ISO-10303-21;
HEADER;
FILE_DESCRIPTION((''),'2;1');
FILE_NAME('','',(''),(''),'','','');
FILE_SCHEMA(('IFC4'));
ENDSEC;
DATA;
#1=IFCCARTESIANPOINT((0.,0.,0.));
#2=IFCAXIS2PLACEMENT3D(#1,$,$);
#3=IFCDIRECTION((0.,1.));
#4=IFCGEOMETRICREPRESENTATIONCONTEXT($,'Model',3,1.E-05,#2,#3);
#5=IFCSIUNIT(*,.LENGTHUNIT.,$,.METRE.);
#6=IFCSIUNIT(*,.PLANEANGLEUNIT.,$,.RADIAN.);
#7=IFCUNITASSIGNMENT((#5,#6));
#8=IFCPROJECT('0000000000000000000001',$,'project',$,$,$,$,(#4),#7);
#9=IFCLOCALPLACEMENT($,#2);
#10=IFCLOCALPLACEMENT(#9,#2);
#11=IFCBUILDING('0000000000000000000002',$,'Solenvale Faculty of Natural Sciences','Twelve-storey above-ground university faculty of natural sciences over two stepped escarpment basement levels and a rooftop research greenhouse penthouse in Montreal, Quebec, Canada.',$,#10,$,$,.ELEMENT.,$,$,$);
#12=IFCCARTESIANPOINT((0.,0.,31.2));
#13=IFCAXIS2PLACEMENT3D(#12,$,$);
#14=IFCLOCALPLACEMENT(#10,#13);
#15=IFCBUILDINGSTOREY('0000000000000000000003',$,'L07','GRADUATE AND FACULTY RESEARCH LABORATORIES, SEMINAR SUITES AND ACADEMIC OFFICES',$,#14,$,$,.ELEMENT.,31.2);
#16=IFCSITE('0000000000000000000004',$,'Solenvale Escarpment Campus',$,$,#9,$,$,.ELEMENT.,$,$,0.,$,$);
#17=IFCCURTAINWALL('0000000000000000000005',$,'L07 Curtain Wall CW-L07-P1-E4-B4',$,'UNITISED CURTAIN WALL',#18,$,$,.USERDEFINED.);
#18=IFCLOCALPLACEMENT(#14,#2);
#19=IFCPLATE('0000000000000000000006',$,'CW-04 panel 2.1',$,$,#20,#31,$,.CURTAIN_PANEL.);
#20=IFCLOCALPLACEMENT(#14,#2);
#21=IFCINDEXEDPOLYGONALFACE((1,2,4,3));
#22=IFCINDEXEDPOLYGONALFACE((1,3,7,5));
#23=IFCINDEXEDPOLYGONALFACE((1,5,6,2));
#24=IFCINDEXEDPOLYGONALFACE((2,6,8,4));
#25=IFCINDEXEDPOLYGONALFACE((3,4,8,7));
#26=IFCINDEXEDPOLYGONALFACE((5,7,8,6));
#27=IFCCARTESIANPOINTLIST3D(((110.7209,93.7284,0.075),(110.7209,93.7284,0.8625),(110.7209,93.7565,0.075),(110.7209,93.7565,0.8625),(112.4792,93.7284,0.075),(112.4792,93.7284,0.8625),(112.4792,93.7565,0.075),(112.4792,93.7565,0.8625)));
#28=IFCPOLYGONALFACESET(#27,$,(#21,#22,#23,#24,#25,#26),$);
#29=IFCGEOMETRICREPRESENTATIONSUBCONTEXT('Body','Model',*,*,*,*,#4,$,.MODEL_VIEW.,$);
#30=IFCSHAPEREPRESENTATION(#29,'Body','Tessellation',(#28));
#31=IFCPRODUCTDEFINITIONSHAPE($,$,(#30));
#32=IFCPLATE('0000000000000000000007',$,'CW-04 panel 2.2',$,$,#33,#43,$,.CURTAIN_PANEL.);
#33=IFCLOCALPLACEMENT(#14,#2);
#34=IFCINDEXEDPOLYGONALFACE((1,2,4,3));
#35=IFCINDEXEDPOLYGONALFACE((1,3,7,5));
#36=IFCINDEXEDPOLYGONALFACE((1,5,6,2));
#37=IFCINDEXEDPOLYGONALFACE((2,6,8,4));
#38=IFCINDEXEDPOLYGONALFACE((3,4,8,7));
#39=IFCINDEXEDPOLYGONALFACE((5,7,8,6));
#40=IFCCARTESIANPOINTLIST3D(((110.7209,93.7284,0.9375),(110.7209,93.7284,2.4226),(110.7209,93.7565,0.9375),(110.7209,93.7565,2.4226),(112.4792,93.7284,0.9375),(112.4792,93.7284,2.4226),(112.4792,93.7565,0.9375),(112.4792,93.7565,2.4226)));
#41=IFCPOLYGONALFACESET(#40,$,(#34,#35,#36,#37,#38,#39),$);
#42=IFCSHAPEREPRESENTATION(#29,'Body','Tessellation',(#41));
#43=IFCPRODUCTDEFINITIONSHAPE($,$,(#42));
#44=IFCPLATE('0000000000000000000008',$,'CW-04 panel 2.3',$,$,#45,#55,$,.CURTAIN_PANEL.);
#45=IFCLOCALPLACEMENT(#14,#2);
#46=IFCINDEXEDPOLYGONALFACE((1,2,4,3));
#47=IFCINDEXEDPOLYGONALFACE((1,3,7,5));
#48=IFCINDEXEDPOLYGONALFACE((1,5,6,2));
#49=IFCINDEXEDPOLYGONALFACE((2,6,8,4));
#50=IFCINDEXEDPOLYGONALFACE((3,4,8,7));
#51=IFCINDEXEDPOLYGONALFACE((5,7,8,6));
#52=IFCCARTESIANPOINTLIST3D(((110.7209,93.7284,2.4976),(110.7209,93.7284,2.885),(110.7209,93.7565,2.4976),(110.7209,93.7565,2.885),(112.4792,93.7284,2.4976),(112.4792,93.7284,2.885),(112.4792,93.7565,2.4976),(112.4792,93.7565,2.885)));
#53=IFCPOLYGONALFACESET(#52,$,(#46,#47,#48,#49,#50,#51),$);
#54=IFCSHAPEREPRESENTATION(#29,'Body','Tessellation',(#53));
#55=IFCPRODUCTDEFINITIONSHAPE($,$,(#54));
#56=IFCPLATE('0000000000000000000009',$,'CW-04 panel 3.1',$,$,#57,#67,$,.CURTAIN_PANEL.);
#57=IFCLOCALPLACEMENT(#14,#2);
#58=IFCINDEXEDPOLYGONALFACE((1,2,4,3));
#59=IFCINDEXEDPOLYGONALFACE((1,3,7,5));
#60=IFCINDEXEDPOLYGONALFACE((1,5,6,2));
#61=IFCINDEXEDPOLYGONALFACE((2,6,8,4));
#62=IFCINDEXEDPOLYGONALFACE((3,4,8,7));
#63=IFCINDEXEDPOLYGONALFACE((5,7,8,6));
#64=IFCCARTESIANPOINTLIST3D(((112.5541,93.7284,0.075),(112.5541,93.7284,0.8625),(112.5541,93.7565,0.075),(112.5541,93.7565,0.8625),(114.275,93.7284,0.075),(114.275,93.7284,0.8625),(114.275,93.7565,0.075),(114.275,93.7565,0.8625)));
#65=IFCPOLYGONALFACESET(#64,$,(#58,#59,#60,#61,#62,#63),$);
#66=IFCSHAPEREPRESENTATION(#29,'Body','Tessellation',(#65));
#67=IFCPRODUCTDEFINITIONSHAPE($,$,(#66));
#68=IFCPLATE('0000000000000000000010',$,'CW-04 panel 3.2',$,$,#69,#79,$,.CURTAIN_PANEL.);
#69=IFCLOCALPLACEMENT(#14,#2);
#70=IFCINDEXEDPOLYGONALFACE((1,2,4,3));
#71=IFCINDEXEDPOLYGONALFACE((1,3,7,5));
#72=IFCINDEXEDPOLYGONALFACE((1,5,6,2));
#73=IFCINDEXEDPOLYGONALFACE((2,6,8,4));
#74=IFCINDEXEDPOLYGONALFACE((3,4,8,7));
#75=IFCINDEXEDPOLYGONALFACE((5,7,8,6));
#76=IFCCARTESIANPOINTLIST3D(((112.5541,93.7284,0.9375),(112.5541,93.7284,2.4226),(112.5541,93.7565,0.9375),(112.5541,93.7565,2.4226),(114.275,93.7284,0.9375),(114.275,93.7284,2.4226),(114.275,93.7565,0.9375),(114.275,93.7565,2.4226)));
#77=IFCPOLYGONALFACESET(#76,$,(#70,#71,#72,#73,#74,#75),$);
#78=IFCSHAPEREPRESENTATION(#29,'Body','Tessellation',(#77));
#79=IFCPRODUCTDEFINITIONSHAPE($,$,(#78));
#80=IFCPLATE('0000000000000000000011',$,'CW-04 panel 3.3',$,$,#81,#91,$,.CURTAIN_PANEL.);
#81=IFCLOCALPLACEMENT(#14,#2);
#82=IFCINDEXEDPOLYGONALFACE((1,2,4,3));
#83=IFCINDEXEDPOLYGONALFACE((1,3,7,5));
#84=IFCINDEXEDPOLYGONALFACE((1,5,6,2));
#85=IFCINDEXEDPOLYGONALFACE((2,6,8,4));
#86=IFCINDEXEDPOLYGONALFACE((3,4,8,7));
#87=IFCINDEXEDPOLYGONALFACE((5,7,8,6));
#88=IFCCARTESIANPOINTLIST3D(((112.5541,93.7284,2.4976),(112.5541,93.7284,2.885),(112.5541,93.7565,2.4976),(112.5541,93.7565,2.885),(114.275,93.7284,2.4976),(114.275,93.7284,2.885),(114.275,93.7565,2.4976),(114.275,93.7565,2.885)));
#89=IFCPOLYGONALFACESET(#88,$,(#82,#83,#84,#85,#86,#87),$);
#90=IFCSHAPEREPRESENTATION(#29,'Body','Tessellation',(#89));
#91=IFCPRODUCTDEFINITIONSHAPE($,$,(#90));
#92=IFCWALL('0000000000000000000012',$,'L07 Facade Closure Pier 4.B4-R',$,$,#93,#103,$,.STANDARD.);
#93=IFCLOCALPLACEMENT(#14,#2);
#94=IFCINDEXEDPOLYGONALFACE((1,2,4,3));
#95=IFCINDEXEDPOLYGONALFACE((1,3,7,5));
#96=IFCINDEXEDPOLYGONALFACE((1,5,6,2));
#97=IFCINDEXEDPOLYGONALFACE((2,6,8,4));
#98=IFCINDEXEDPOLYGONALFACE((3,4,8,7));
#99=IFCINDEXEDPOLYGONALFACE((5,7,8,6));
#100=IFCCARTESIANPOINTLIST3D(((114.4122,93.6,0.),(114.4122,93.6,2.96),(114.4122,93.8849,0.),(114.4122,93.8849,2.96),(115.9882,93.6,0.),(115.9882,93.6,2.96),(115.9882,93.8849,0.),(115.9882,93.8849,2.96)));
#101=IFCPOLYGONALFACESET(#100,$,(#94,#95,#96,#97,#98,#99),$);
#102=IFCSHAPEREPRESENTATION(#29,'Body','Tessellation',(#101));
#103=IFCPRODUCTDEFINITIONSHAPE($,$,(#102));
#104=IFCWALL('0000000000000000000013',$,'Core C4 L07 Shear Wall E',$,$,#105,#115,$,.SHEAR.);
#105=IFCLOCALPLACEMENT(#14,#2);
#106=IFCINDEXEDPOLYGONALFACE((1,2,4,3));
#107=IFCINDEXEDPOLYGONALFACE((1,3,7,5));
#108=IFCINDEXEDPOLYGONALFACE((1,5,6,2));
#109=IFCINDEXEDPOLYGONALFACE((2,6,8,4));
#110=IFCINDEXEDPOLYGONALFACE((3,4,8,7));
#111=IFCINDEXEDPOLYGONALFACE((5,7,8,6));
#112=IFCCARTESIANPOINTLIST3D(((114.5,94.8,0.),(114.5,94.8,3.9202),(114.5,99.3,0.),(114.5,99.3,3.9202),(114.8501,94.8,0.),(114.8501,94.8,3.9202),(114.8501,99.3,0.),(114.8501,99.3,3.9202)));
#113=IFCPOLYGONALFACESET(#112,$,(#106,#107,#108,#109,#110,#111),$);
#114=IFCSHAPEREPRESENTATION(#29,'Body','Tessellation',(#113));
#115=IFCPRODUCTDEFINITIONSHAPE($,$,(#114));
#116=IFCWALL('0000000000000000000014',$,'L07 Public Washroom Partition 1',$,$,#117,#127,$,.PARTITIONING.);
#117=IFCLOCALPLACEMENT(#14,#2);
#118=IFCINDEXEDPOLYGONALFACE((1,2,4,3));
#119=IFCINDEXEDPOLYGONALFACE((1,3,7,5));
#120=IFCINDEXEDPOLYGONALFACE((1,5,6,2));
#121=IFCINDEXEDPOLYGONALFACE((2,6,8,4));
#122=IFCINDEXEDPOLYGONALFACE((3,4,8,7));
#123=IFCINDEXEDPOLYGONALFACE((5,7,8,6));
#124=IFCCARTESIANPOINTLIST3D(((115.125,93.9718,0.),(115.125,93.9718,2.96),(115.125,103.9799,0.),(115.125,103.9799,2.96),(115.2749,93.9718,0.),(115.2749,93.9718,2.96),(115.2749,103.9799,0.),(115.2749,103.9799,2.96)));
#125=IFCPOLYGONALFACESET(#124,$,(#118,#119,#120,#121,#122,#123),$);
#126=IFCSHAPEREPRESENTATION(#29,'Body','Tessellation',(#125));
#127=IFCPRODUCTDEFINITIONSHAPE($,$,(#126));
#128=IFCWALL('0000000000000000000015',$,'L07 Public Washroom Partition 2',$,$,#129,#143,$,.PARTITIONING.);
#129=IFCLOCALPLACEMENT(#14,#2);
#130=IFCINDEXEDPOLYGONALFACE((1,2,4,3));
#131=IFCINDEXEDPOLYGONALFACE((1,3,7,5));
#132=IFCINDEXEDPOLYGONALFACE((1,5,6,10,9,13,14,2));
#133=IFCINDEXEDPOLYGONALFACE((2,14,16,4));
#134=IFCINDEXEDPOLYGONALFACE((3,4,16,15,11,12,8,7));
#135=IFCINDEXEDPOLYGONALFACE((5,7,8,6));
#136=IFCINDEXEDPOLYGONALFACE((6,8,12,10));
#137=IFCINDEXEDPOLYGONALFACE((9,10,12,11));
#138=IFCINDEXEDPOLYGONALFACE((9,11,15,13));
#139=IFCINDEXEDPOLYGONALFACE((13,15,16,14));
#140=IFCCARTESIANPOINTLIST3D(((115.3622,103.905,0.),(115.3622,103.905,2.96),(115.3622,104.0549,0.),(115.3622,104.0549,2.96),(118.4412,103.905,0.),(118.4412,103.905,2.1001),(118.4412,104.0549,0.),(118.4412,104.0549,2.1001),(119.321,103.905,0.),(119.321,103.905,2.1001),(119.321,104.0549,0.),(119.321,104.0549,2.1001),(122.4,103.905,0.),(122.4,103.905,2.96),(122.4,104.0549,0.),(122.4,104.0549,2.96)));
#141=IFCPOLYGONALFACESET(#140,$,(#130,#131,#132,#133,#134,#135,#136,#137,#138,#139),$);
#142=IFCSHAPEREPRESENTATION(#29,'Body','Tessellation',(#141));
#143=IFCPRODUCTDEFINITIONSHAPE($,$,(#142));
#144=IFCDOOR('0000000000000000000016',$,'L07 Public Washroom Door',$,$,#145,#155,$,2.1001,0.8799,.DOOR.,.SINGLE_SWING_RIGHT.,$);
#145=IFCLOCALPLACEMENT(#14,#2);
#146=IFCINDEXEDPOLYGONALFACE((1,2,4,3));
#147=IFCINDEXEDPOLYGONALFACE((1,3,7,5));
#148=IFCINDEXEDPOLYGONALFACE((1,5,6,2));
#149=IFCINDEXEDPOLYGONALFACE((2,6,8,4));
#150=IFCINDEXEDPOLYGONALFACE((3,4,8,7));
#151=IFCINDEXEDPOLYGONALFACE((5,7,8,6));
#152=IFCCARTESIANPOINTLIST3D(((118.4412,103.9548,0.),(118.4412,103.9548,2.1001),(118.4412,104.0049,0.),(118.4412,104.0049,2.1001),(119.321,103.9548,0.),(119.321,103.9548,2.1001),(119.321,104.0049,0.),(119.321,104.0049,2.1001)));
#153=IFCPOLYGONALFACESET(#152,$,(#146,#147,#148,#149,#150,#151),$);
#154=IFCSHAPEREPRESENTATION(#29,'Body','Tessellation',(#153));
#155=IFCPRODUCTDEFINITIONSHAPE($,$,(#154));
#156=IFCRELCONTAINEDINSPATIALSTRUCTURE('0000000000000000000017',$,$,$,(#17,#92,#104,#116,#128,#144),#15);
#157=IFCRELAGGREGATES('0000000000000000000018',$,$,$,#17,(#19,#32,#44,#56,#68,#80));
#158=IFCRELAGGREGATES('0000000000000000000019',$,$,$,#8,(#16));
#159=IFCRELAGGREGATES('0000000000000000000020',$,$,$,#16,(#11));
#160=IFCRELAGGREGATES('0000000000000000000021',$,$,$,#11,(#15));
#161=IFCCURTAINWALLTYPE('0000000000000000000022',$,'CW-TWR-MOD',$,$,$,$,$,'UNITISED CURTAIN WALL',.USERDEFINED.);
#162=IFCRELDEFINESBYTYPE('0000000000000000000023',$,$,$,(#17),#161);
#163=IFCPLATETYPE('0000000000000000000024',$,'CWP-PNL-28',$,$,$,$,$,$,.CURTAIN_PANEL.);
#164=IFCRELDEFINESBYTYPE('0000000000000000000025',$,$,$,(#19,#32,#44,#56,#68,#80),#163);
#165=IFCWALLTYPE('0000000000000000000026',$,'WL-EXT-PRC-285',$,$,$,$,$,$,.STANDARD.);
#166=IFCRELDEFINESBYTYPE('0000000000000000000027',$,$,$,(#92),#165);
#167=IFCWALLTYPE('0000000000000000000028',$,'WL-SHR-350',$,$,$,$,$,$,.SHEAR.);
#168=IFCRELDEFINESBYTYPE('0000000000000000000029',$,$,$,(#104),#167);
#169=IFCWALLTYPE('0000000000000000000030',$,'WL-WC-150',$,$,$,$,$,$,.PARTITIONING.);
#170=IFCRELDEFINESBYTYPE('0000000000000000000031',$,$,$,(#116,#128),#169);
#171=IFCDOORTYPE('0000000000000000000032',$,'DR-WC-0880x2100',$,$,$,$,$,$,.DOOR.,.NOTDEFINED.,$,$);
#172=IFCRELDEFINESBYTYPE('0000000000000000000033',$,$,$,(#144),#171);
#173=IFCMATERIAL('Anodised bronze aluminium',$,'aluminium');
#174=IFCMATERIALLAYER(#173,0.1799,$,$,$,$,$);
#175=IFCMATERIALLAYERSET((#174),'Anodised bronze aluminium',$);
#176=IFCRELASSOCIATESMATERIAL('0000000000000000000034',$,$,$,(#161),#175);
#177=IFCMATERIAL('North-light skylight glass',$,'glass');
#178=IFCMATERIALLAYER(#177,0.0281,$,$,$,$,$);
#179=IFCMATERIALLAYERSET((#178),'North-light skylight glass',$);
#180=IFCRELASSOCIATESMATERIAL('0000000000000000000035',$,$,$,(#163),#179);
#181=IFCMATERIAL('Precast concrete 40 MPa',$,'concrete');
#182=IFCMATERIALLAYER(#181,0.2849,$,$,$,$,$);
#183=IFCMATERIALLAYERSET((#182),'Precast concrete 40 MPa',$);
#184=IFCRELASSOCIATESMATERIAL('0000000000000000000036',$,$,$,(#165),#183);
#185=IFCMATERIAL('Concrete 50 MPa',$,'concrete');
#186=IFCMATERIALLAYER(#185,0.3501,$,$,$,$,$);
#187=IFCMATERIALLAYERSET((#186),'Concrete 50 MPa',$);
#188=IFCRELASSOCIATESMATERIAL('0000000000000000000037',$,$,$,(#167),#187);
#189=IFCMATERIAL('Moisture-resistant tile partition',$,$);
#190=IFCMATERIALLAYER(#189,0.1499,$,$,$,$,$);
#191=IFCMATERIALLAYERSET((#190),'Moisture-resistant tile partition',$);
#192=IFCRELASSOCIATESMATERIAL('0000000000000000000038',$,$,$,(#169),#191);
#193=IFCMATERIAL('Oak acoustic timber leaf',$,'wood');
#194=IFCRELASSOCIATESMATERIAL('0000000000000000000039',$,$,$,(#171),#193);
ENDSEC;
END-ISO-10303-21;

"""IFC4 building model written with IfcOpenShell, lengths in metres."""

from ifc_helpers import new_model, si_unit, direction, frame, frame_2d, origin, origin_2d, place, context, subcontext, project, spatial, rectangle, extrude, material, layer, layer_set, type_object, element, fill, aggregate, save


model = new_model("IFC4")

# Units and contexts
model_context = context("Model", 3, precision=1e-05, world=origin(), true_north=direction((0.0, 1.0)))
body_context = subcontext(model_context, "Body", "Model", "MODEL_VIEW")
ifc_project = project(units=[si_unit("LENGTHUNIT", "METRE"), si_unit("PLANEANGLEUNIT", "RADIAN")], contexts=[model_context])

# Site, building, storey
site_placement = place(None, origin())
site = spatial("IfcSite", under=ifc_project, at=site_placement, Name="Solenvale Escarpment Campus", CompositionType="ELEMENT", RefElevation=0.0)
building_placement = place(site_placement, origin())
building = spatial("IfcBuilding", under=site, at=building_placement, Name="Solenvale Faculty of Natural Sciences", Description="Twelve-storey above-ground university faculty of natural sciences over two stepped escarpment basement levels and a rooftop research greenhouse penthouse in Montreal, Quebec, Canada.", CompositionType="ELEMENT")
storey_placement = place(building_placement, frame((0.0, 0.0, 31.2)))
storey = spatial("IfcBuildingStorey", under=building, at=storey_placement, Name="L07", Description="GRADUATE AND FACULTY RESEARCH LABORATORIES, SEMINAR SUITES AND ACADEMIC OFFICES", CompositionType="ELEMENT", Elevation=31.2)

# Curtain wall, plates
ifc_material_1 = material(Name="Anodised bronze aluminium", Category="aluminium")
ifc_layer_1 = layer(ifc_material_1, 0.1799)
ifc_layer_set_1 = layer_set([ifc_layer_1], Name="Anodised bronze aluminium")
curtain_wall_type = type_object("IfcCurtainWallType", Name="CW-TWR-MOD", ElementType="UNITISED CURTAIN WALL", PredefinedType="USERDEFINED", material=ifc_layer_set_1)
curtain_wall_placement = place(storey_placement, origin())
curtain_wall = element("IfcCurtainWall", 1, at=curtain_wall_placement, inside=storey, type_object=curtain_wall_type, Name="L07 Curtain Wall CW-L07-P1-E4-B4", ObjectType="UNITISED CURTAIN WALL", PredefinedType="USERDEFINED")
ifc_material_2 = material(Name="North-light skylight glass", Category="glass")
ifc_layer_2 = layer(ifc_material_2, 0.0281)
ifc_layer_set_2 = layer_set([ifc_layer_2], Name="North-light skylight glass")
plate_type = type_object("IfcPlateType", Name="CWP-PNL-28", PredefinedType="CURTAIN_PANEL", material=ifc_layer_set_2)
plate_1_placement = place(storey_placement, frame((111.6001, 93.7424, 0.075), z_axis=(0.0, 0.0, 1.0), x_axis=(1.0, 0.0, 0.0)))
plate_1 = element("IfcPlate", 2, at=plate_1_placement, type_object=plate_type, Name="CW-04 panel 2.1", PredefinedType="CURTAIN_PANEL", context=body_context, shape_type="SweptSolid", body=[
    extrude(rectangle(XDim=1.7583, YDim=0.0281, at=origin_2d()), origin(), (0.0, 0.0, 1.0), 0.7876),
])
plate_2_placement = place(storey_placement, frame((111.6001, 93.7424, 0.9375), z_axis=(0.0, 0.0, 1.0), x_axis=(1.0, 0.0, 0.0)))
plate_2 = element("IfcPlate", 3, at=plate_2_placement, type_object=plate_type, Name="CW-04 panel 2.2", PredefinedType="CURTAIN_PANEL", context=body_context, shape_type="SweptSolid", body=[
    extrude(rectangle(XDim=1.7583, YDim=0.0281, at=origin_2d()), origin(), (0.0, 0.0, 1.0), 1.4851),
])
plate_3_placement = place(storey_placement, frame((111.6001, 93.7424, 2.4976), z_axis=(0.0, 0.0, 1.0), x_axis=(1.0, 0.0, 0.0)))
plate_3 = element("IfcPlate", 4, at=plate_3_placement, type_object=plate_type, Name="CW-04 panel 2.3", PredefinedType="CURTAIN_PANEL", context=body_context, shape_type="SweptSolid", body=[
    extrude(rectangle(XDim=1.7583, YDim=0.0281, at=origin_2d()), origin(), (0.0, 0.0, 1.0), 0.3875),
])
plate_4_placement = place(storey_placement, frame((113.4146, 93.7424, 0.075), z_axis=(0.0, 0.0, 1.0), x_axis=(1.0, 0.0, 0.0)))
plate_4 = element("IfcPlate", 5, at=plate_4_placement, type_object=plate_type, Name="CW-04 panel 3.1", PredefinedType="CURTAIN_PANEL", context=body_context, shape_type="SweptSolid", body=[
    extrude(rectangle(XDim=1.7209, YDim=0.0281, at=origin_2d()), origin(), (0.0, 0.0, 1.0), 0.7876),
])
plate_5_placement = place(storey_placement, frame((113.4146, 93.7424, 0.9375), z_axis=(0.0, 0.0, 1.0), x_axis=(1.0, 0.0, 0.0)))
plate_5 = element("IfcPlate", 6, at=plate_5_placement, type_object=plate_type, Name="CW-04 panel 3.2", PredefinedType="CURTAIN_PANEL", context=body_context, shape_type="SweptSolid", body=[
    extrude(rectangle(XDim=1.7209, YDim=0.0281, at=origin_2d()), origin(), (0.0, 0.0, 1.0), 1.4851),
])
plate_6_placement = place(storey_placement, frame((113.4146, 93.7424, 2.4976), z_axis=(0.0, 0.0, 1.0), x_axis=(1.0, 0.0, 0.0)))
plate_6 = element("IfcPlate", 7, at=plate_6_placement, type_object=plate_type, Name="CW-04 panel 3.3", PredefinedType="CURTAIN_PANEL", context=body_context, shape_type="SweptSolid", body=[
    extrude(rectangle(XDim=1.7209, YDim=0.0281, at=origin_2d()), origin(), (0.0, 0.0, 1.0), 0.3875),
])
aggregate(curtain_wall, [plate_1, plate_2, plate_3, plate_4, plate_5, plate_6])

# Walls
ifc_material_3 = material(Name="Precast concrete 40 MPa", Category="concrete")
ifc_layer_3 = layer(ifc_material_3, 0.2849)
ifc_layer_set_3 = layer_set([ifc_layer_3], Name="Precast concrete 40 MPa")
wall_type_1 = type_object("IfcWallType", Name="WL-EXT-PRC-285", PredefinedType="STANDARD", material=ifc_layer_set_3)
wall_1_placement = place(storey_placement, frame((114.4121, 93.7424, 0.0), z_axis=(0.0, 0.0, 1.0), x_axis=(1.0, 0.0, 0.0)))
element("IfcWall", 8, at=wall_1_placement, inside=storey, type_object=wall_type_1, Name="L07 Facade Closure Pier 4.B4-R", PredefinedType="STANDARD", context=body_context, shape_type="SweptSolid", body=[
    extrude(rectangle(XDim=1.5759, YDim=0.2849, at=frame_2d((0.7881, 0.0))), origin(), (0.0, 0.0, 1.0), 2.96),
])
ifc_material_4 = material(Name="Concrete 50 MPa", Category="concrete")
ifc_layer_4 = layer(ifc_material_4, 0.3501)
ifc_layer_set_4 = layer_set([ifc_layer_4], Name="Concrete 50 MPa")
wall_type_2 = type_object("IfcWallType", Name="WL-SHR-350", PredefinedType="SHEAR", material=ifc_layer_set_4)
wall_2_placement = place(storey_placement, frame((114.675, 94.8, 0.0), z_axis=(0.0, 0.0, 1.0), x_axis=(0.0, 1.0, 0.0)))
element("IfcWall", 9, at=wall_2_placement, inside=storey, type_object=wall_type_2, Name="Core C4 L07 Shear Wall E", PredefinedType="SHEAR", context=body_context, shape_type="SweptSolid", body=[
    extrude(rectangle(XDim=4.5, YDim=0.3501, at=frame_2d((2.25, 0.0))), origin(), (0.0, 0.0, 1.0), 3.9202),
])
ifc_material_5 = material(Name="Moisture-resistant tile partition")
ifc_layer_5 = layer(ifc_material_5, 0.1499)
ifc_layer_set_5 = layer_set([ifc_layer_5], Name="Moisture-resistant tile partition")
wall_type_3 = type_object("IfcWallType", Name="WL-WC-150", PredefinedType="PARTITIONING", material=ifc_layer_set_5)
wall_3_placement = place(storey_placement, frame((115.2, 93.9719, 0.0), z_axis=(0.0, 0.0, 1.0), x_axis=(0.0, 1.0, 0.0)))
element("IfcWall", 10, at=wall_3_placement, inside=storey, type_object=wall_type_3, Name="L07 Public Washroom Partition 1", PredefinedType="PARTITIONING", context=body_context, shape_type="SweptSolid", body=[
    extrude(rectangle(XDim=10.0081, YDim=0.1499, at=frame_2d((5.0039, 0.0))), origin(), (0.0, 0.0, 1.0), 2.96),
])

# Wall, opening, door
wall_4_placement = place(storey_placement, frame((115.3621, 103.98, 0.0), z_axis=(0.0, 0.0, 1.0), x_axis=(1.0, 0.0, 0.0)))
wall_4 = element("IfcWall", 11, at=wall_4_placement, inside=storey, type_object=wall_type_3, Name="L07 Public Washroom Partition 2", PredefinedType="PARTITIONING", context=body_context, shape_type="SweptSolid", body=[
    extrude(rectangle(XDim=7.0378, YDim=0.1499, at=frame_2d((3.519, 0.0))), origin(), (0.0, 0.0, 1.0), 2.96),
])
opening_placement = place(wall_4_placement, frame((3.0791, 0.0, 0.0)))
opening = element("IfcOpeningElement", 12, at=opening_placement, cuts=wall_4, PredefinedType="OPENING", context=body_context, shape_type="SweptSolid", body=[
    extrude(rectangle(XDim=0.8799, YDim=2.1001, at=frame_2d((0.4399, 1.05))), frame((0.0, 0.085, 0.0), z_axis=(0.0, -1.0, 0.0), x_axis=(1.0, 0.0, 0.0)), (0.0, 0.0, 1.0), 0.1699),
])
ifc_material_6 = material(Name="Oak acoustic timber leaf", Category="wood")
door_type = type_object("IfcDoorType", Name="DR-WC-0880x2100", OperationType="NOTDEFINED", PredefinedType="DOOR", material=ifc_material_6)
door_placement = place(opening_placement, origin())
door = element("IfcDoor", 13, at=door_placement, inside=storey, type_object=door_type, Name="L07 Public Washroom Door", OperationType="SINGLE_SWING_RIGHT", OverallHeight=2.1001, OverallWidth=0.8799, PredefinedType="DOOR", context=body_context, shape_type="SweptSolid", body=[
    extrude(rectangle(XDim=0.8799, YDim=2.1001, at=frame_2d((0.4399, 1.05))), frame((0.0, 0.0249, 0.0), z_axis=(0.0, -1.0, 0.0), x_axis=(1.0, 0.0, 0.0)), (0.0, 0.0, 1.0), 0.05),
])
fill(opening, door)

save(model, "model.ifc")
